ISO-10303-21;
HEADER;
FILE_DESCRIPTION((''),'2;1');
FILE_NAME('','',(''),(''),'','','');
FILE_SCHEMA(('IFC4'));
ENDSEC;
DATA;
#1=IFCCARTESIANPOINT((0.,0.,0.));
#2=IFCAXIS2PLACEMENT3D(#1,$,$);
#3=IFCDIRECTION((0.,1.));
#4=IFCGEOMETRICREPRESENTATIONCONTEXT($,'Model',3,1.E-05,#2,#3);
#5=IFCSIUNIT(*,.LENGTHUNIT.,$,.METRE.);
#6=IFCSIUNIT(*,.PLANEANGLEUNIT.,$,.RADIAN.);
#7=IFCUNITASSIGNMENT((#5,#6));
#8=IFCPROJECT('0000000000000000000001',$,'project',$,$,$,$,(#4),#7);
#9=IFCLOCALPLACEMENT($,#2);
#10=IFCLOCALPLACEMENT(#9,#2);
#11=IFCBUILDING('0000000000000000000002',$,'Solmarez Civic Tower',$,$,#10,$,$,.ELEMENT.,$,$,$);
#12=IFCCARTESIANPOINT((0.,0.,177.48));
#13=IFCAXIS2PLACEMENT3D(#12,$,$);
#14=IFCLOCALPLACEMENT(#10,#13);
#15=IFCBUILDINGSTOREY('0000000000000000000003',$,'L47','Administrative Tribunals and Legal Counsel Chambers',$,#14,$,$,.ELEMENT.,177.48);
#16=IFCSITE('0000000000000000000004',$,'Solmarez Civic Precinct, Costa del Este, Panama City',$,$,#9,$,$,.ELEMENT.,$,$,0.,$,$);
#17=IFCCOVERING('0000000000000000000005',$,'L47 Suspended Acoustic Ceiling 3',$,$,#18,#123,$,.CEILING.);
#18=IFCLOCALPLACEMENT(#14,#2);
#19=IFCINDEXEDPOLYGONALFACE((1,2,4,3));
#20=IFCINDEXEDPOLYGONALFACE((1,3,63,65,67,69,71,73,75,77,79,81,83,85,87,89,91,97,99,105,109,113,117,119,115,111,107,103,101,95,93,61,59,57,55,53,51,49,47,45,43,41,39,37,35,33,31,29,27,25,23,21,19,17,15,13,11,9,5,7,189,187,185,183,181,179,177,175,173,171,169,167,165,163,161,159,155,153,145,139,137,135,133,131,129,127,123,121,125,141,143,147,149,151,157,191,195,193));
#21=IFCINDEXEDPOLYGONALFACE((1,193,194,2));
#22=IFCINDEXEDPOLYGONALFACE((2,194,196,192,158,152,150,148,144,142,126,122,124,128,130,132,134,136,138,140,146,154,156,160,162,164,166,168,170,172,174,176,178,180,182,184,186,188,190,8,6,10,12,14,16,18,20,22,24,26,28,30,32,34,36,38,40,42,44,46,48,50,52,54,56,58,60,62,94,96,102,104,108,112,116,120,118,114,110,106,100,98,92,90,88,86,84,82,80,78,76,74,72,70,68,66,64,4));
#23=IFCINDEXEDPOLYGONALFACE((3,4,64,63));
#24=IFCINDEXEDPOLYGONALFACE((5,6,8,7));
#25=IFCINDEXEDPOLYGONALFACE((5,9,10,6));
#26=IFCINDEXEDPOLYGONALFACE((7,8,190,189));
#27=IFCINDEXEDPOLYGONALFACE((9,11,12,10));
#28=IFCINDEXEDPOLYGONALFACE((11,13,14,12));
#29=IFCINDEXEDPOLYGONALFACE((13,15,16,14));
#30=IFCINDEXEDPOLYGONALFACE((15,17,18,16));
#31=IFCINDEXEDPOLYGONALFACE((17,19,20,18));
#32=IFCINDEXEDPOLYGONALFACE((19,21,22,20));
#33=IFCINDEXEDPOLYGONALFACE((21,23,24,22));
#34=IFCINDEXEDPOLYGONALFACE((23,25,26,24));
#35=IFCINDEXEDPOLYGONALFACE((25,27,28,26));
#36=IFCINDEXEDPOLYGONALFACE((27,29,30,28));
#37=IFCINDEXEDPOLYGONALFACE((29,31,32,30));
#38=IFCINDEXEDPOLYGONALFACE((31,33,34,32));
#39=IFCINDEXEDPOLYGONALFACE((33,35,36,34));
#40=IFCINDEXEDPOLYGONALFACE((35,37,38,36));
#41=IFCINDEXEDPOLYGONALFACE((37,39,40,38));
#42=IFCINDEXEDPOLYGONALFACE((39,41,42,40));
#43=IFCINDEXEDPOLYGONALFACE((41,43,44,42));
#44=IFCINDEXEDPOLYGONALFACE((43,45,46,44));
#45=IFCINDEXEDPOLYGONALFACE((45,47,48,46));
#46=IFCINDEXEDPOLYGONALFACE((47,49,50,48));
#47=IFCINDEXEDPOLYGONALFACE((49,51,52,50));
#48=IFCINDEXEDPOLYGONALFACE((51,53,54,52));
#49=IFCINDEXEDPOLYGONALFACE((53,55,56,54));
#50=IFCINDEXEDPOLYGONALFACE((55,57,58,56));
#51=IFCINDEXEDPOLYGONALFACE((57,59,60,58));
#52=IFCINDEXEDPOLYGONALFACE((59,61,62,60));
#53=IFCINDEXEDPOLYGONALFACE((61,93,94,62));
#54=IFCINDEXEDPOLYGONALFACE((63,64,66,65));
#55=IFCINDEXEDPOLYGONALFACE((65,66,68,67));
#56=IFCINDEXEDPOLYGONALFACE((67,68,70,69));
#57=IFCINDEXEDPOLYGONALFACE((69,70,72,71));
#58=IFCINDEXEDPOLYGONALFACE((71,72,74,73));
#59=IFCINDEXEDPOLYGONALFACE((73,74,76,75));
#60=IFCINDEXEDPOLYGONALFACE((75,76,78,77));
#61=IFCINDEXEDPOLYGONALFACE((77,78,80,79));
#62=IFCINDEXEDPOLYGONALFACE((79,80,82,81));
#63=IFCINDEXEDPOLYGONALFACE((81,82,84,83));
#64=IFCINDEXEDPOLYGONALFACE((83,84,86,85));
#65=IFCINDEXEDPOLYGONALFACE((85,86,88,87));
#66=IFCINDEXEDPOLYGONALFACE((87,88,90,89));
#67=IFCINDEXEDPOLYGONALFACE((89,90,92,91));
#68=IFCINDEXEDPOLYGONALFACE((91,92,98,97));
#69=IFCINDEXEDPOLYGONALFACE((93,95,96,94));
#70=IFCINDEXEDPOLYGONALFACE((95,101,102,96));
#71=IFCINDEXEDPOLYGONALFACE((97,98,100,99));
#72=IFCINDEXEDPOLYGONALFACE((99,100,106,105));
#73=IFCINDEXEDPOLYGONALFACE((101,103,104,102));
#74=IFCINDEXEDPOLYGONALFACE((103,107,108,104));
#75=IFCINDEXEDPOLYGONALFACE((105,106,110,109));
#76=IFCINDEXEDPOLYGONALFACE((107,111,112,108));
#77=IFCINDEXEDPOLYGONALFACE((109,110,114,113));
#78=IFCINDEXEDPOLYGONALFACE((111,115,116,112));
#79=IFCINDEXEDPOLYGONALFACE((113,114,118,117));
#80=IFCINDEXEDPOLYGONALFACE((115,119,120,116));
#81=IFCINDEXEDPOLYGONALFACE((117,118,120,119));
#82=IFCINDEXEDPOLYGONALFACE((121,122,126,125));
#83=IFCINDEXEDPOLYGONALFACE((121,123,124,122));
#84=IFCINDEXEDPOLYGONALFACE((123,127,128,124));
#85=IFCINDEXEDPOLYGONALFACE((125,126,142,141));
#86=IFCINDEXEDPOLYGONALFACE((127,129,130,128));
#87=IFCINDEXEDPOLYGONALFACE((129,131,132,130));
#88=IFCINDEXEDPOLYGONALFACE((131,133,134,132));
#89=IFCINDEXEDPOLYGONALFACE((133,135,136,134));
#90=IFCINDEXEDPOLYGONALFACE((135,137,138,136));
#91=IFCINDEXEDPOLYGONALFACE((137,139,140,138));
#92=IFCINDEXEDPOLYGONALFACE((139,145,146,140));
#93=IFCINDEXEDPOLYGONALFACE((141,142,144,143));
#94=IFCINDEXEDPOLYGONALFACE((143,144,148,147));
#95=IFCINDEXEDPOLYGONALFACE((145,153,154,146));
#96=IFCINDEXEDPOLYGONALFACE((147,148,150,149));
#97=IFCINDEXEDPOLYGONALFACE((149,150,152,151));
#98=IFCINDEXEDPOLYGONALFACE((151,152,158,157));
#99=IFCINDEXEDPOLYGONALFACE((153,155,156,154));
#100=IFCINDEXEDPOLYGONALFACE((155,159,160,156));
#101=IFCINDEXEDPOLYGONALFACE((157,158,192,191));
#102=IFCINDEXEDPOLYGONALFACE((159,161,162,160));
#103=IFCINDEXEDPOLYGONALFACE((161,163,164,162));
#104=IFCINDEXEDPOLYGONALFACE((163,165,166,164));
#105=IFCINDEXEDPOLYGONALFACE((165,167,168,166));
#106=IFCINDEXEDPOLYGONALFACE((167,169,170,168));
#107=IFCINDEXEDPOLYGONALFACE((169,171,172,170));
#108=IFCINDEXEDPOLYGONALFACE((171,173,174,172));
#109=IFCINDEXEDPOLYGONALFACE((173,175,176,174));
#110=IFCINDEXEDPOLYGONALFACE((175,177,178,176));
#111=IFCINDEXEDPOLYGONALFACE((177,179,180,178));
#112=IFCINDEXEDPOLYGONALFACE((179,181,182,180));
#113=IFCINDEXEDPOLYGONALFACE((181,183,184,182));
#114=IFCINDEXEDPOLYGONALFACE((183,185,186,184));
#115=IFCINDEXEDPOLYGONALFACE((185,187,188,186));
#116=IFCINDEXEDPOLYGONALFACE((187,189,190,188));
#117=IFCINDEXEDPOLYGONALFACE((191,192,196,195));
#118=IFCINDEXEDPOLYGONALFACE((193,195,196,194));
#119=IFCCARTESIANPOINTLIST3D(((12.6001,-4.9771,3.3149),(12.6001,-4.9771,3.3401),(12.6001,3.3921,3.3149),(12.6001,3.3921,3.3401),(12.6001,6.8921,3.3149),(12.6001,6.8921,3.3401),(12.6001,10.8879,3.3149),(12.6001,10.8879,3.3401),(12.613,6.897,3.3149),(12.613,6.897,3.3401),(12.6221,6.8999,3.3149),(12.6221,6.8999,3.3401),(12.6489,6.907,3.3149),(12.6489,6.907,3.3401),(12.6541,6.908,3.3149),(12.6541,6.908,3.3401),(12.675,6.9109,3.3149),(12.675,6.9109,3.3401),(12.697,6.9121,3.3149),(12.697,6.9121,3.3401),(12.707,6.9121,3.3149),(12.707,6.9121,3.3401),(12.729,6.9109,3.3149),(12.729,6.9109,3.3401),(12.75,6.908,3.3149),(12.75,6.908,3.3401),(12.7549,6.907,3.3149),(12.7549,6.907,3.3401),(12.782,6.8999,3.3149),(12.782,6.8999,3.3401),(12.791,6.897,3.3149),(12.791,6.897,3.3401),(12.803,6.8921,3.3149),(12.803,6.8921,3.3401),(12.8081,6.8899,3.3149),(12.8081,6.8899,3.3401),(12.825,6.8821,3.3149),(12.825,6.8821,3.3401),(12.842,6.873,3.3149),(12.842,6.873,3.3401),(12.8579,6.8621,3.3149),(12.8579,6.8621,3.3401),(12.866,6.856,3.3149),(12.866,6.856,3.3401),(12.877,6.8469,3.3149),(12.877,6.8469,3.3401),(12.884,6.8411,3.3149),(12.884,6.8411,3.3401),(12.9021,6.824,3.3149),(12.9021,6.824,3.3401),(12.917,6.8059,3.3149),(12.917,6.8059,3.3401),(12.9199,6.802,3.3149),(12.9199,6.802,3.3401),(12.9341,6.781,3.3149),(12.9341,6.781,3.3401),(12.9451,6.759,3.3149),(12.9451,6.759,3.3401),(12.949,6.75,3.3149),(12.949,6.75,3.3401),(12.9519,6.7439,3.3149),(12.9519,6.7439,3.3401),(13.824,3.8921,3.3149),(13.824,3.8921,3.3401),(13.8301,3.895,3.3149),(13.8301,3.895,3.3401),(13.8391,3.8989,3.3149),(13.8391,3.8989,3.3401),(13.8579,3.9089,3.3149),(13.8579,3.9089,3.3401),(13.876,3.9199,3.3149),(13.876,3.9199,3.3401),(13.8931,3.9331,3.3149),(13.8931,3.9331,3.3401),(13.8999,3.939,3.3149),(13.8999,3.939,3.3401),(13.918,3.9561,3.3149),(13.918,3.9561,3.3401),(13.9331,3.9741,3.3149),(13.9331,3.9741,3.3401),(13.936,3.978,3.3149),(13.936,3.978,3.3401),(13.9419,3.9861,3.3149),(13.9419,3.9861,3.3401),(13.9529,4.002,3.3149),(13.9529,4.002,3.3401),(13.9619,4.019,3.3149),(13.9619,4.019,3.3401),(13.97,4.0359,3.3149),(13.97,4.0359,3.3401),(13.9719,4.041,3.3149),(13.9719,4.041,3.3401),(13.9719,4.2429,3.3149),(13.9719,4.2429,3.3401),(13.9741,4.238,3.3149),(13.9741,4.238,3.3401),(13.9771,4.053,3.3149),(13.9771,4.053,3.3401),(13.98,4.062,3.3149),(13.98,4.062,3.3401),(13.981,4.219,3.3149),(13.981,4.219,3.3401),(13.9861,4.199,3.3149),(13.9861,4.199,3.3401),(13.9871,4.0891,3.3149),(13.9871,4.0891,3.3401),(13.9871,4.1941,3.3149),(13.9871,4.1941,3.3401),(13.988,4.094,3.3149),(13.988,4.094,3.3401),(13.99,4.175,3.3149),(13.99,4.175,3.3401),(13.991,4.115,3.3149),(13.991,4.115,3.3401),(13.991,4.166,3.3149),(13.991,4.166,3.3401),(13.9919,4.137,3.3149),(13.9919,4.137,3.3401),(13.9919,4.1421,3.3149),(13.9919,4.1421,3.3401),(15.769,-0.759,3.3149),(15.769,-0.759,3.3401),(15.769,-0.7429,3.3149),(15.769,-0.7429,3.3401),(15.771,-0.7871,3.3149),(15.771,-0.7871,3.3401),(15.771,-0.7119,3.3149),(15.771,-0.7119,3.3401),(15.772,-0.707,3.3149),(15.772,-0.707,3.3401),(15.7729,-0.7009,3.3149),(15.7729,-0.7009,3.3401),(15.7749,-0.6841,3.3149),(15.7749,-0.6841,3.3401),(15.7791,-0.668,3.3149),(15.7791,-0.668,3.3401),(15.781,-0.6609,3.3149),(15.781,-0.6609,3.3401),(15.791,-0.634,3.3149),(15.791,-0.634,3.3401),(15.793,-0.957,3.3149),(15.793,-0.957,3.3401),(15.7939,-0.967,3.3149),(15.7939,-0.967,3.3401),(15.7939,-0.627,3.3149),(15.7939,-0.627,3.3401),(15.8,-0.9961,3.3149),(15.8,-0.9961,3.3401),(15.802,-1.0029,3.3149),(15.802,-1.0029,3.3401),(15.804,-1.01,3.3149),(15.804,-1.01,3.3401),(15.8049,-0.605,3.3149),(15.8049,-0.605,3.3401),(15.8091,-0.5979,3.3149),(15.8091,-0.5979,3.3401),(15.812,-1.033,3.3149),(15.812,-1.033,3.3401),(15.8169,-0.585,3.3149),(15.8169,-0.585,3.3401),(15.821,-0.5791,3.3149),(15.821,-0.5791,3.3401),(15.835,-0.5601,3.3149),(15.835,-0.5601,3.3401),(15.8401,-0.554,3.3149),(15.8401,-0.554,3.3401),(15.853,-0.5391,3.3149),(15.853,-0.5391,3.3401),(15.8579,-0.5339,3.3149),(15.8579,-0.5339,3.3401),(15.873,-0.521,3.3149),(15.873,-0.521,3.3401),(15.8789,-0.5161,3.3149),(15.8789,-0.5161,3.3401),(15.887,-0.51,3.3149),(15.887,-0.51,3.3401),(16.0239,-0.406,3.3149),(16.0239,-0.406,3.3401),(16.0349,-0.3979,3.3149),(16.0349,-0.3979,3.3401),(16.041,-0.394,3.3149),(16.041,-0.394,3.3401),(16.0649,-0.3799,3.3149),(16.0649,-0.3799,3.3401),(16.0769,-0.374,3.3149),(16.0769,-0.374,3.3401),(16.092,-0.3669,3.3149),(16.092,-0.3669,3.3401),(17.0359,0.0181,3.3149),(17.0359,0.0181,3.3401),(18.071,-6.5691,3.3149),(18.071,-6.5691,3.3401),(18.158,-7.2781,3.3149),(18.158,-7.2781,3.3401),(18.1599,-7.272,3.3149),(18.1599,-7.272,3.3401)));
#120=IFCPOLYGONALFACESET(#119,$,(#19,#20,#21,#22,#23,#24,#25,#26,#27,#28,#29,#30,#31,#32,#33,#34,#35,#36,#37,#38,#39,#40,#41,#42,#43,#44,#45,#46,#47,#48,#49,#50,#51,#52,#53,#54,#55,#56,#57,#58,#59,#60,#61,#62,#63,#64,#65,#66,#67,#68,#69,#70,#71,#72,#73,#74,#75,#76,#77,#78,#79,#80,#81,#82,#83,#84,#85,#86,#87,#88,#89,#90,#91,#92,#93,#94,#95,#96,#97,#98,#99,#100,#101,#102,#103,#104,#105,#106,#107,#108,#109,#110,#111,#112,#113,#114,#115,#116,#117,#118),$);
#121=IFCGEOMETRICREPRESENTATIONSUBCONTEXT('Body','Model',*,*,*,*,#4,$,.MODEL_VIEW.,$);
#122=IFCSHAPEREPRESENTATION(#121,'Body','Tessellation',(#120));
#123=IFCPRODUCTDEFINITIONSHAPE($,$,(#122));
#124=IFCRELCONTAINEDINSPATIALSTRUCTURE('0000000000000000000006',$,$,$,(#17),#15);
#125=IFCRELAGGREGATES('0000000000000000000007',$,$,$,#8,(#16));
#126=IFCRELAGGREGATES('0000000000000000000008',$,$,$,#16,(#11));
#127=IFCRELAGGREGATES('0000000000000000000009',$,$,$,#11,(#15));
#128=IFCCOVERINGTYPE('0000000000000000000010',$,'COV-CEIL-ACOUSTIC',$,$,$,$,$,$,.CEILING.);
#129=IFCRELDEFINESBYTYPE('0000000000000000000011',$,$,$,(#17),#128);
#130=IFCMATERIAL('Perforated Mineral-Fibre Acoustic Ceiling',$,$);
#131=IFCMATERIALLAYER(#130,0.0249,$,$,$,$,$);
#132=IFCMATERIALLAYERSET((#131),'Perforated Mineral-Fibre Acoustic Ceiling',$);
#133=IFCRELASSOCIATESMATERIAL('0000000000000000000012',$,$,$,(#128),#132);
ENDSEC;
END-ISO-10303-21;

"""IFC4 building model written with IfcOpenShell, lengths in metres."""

from ifc_helpers import new_model, si_unit, direction, frame, origin, place, context, subcontext, project, spatial, polyline, outline, extrude, material, layer, layer_set, type_object, element, save


model = new_model("IFC4")

# Units and contexts
model_context = context("Model", 3, precision=1e-05, world=origin(), true_north=direction((0.0, 1.0)))
body_context = subcontext(model_context, "Body", "Model", "MODEL_VIEW")
ifc_project = project(units=[si_unit("LENGTHUNIT", "METRE"), si_unit("PLANEANGLEUNIT", "RADIAN")], contexts=[model_context])

# Site, building, storey
site_placement = place(None, origin())
site = spatial("IfcSite", under=ifc_project, at=site_placement, Name="Solmarez Civic Precinct, Costa del Este, Panama City", CompositionType="ELEMENT", RefElevation=0.0)
building_placement = place(site_placement, origin())
building = spatial("IfcBuilding", under=site, at=building_placement, Name="Solmarez Civic Tower", CompositionType="ELEMENT")
storey_placement = place(building_placement, frame((0.0, 0.0, 177.48)))
storey = spatial("IfcBuildingStorey", under=building, at=storey_placement, Name="L47", Description="Administrative Tribunals and Legal Counsel Chambers", CompositionType="ELEMENT", Elevation=177.48)

# Covering
ifc_material_1 = material(Name="Perforated Mineral-Fibre Acoustic Ceiling")
ifc_layer_1 = layer(ifc_material_1, 0.0249)
ifc_layer_set_1 = layer_set([ifc_layer_1], Name="Perforated Mineral-Fibre Acoustic Ceiling")
covering_type_1 = type_object("IfcCoveringType", Name="COV-CEIL-ACOUSTIC", PredefinedType="CEILING", material=ifc_layer_set_1)
covering_1_placement = place(storey_placement, frame((0.0, 0.0, 3.3149)))
element("IfcCovering", 1, at=covering_1_placement, inside=storey, type_object=covering_type_1, Name="L47 Suspended Acoustic Ceiling 3", PredefinedType="CEILING", context=body_context, shape_type="SweptSolid", body=[
    extrude(outline(polyline([(12.6001, 10.8879), (12.6001, 6.8921), (12.613, 6.897), (12.6221, 6.8999), (12.6489, 6.907), (12.6541, 6.908), (12.675, 6.9109), (12.697, 6.9121), (12.707, 6.9121), (12.729, 6.9109), (12.75, 6.908), (12.7549, 6.907), (12.782, 6.8999), (12.791, 6.897), (12.803, 6.8921), (12.8081, 6.8899), (12.825, 6.8821), (12.842, 6.873), (12.8579, 6.8621), (12.866, 6.856), (12.877, 6.8469), (12.884, 6.8411), (12.9021, 6.824), (12.917, 6.8059), (12.9199, 6.802), (12.9341, 6.781), (12.9451, 6.759), (12.949, 6.75), (12.9519, 6.7439), (13.9719, 4.2429), (13.9741, 4.238), (13.981, 4.219), (13.9861, 4.199), (13.9871, 4.1941), (13.99, 4.175), (13.991, 4.166), (13.9919, 4.1421), (13.9919, 4.137), (13.991, 4.115), (13.988, 4.094), (13.9871, 4.0891), (13.98, 4.062), (13.9771, 4.053), (13.9719, 4.041), (13.97, 4.0359), (13.9619, 4.019), (13.9529, 4.002), (13.9419, 3.9861), (13.936, 3.978), (13.9331, 3.9741), (13.918, 3.9561), (13.8999, 3.939), (13.8931, 3.9331), (13.876, 3.9199), (13.8579, 3.9089), (13.8391, 3.8989), (13.8301, 3.895), (13.824, 3.8921), (12.6001, 3.3921), (12.6001, -4.9771), (18.158, -7.2781), (18.1599, -7.272), (18.071, -6.5691), (15.812, -1.033), (15.804, -1.01), (15.802, -1.0029), (15.8, -0.9961), (15.7939, -0.967), (15.793, -0.957), (15.771, -0.7871), (15.769, -0.759), (15.769, -0.7429), (15.771, -0.7119), (15.772, -0.707), (15.7729, -0.7009), (15.7749, -0.6841), (15.7791, -0.668), (15.781, -0.6609), (15.791, -0.634), (15.7939, -0.627), (15.8049, -0.605), (15.8091, -0.5979), (15.8169, -0.585), (15.821, -0.5791), (15.835, -0.5601), (15.8401, -0.554), (15.853, -0.5391), (15.8579, -0.5339), (15.873, -0.521), (15.8789, -0.5161), (15.887, -0.51), (16.0239, -0.406), (16.0349, -0.3979), (16.041, -0.394), (16.0649, -0.3799), (16.0769, -0.374), (16.092, -0.3669), (17.0359, 0.0181), (12.6001, 10.8879)])), origin(), (0.0, 0.0, 1.0), 0.0251),
])

save(model, "model.ifc")
